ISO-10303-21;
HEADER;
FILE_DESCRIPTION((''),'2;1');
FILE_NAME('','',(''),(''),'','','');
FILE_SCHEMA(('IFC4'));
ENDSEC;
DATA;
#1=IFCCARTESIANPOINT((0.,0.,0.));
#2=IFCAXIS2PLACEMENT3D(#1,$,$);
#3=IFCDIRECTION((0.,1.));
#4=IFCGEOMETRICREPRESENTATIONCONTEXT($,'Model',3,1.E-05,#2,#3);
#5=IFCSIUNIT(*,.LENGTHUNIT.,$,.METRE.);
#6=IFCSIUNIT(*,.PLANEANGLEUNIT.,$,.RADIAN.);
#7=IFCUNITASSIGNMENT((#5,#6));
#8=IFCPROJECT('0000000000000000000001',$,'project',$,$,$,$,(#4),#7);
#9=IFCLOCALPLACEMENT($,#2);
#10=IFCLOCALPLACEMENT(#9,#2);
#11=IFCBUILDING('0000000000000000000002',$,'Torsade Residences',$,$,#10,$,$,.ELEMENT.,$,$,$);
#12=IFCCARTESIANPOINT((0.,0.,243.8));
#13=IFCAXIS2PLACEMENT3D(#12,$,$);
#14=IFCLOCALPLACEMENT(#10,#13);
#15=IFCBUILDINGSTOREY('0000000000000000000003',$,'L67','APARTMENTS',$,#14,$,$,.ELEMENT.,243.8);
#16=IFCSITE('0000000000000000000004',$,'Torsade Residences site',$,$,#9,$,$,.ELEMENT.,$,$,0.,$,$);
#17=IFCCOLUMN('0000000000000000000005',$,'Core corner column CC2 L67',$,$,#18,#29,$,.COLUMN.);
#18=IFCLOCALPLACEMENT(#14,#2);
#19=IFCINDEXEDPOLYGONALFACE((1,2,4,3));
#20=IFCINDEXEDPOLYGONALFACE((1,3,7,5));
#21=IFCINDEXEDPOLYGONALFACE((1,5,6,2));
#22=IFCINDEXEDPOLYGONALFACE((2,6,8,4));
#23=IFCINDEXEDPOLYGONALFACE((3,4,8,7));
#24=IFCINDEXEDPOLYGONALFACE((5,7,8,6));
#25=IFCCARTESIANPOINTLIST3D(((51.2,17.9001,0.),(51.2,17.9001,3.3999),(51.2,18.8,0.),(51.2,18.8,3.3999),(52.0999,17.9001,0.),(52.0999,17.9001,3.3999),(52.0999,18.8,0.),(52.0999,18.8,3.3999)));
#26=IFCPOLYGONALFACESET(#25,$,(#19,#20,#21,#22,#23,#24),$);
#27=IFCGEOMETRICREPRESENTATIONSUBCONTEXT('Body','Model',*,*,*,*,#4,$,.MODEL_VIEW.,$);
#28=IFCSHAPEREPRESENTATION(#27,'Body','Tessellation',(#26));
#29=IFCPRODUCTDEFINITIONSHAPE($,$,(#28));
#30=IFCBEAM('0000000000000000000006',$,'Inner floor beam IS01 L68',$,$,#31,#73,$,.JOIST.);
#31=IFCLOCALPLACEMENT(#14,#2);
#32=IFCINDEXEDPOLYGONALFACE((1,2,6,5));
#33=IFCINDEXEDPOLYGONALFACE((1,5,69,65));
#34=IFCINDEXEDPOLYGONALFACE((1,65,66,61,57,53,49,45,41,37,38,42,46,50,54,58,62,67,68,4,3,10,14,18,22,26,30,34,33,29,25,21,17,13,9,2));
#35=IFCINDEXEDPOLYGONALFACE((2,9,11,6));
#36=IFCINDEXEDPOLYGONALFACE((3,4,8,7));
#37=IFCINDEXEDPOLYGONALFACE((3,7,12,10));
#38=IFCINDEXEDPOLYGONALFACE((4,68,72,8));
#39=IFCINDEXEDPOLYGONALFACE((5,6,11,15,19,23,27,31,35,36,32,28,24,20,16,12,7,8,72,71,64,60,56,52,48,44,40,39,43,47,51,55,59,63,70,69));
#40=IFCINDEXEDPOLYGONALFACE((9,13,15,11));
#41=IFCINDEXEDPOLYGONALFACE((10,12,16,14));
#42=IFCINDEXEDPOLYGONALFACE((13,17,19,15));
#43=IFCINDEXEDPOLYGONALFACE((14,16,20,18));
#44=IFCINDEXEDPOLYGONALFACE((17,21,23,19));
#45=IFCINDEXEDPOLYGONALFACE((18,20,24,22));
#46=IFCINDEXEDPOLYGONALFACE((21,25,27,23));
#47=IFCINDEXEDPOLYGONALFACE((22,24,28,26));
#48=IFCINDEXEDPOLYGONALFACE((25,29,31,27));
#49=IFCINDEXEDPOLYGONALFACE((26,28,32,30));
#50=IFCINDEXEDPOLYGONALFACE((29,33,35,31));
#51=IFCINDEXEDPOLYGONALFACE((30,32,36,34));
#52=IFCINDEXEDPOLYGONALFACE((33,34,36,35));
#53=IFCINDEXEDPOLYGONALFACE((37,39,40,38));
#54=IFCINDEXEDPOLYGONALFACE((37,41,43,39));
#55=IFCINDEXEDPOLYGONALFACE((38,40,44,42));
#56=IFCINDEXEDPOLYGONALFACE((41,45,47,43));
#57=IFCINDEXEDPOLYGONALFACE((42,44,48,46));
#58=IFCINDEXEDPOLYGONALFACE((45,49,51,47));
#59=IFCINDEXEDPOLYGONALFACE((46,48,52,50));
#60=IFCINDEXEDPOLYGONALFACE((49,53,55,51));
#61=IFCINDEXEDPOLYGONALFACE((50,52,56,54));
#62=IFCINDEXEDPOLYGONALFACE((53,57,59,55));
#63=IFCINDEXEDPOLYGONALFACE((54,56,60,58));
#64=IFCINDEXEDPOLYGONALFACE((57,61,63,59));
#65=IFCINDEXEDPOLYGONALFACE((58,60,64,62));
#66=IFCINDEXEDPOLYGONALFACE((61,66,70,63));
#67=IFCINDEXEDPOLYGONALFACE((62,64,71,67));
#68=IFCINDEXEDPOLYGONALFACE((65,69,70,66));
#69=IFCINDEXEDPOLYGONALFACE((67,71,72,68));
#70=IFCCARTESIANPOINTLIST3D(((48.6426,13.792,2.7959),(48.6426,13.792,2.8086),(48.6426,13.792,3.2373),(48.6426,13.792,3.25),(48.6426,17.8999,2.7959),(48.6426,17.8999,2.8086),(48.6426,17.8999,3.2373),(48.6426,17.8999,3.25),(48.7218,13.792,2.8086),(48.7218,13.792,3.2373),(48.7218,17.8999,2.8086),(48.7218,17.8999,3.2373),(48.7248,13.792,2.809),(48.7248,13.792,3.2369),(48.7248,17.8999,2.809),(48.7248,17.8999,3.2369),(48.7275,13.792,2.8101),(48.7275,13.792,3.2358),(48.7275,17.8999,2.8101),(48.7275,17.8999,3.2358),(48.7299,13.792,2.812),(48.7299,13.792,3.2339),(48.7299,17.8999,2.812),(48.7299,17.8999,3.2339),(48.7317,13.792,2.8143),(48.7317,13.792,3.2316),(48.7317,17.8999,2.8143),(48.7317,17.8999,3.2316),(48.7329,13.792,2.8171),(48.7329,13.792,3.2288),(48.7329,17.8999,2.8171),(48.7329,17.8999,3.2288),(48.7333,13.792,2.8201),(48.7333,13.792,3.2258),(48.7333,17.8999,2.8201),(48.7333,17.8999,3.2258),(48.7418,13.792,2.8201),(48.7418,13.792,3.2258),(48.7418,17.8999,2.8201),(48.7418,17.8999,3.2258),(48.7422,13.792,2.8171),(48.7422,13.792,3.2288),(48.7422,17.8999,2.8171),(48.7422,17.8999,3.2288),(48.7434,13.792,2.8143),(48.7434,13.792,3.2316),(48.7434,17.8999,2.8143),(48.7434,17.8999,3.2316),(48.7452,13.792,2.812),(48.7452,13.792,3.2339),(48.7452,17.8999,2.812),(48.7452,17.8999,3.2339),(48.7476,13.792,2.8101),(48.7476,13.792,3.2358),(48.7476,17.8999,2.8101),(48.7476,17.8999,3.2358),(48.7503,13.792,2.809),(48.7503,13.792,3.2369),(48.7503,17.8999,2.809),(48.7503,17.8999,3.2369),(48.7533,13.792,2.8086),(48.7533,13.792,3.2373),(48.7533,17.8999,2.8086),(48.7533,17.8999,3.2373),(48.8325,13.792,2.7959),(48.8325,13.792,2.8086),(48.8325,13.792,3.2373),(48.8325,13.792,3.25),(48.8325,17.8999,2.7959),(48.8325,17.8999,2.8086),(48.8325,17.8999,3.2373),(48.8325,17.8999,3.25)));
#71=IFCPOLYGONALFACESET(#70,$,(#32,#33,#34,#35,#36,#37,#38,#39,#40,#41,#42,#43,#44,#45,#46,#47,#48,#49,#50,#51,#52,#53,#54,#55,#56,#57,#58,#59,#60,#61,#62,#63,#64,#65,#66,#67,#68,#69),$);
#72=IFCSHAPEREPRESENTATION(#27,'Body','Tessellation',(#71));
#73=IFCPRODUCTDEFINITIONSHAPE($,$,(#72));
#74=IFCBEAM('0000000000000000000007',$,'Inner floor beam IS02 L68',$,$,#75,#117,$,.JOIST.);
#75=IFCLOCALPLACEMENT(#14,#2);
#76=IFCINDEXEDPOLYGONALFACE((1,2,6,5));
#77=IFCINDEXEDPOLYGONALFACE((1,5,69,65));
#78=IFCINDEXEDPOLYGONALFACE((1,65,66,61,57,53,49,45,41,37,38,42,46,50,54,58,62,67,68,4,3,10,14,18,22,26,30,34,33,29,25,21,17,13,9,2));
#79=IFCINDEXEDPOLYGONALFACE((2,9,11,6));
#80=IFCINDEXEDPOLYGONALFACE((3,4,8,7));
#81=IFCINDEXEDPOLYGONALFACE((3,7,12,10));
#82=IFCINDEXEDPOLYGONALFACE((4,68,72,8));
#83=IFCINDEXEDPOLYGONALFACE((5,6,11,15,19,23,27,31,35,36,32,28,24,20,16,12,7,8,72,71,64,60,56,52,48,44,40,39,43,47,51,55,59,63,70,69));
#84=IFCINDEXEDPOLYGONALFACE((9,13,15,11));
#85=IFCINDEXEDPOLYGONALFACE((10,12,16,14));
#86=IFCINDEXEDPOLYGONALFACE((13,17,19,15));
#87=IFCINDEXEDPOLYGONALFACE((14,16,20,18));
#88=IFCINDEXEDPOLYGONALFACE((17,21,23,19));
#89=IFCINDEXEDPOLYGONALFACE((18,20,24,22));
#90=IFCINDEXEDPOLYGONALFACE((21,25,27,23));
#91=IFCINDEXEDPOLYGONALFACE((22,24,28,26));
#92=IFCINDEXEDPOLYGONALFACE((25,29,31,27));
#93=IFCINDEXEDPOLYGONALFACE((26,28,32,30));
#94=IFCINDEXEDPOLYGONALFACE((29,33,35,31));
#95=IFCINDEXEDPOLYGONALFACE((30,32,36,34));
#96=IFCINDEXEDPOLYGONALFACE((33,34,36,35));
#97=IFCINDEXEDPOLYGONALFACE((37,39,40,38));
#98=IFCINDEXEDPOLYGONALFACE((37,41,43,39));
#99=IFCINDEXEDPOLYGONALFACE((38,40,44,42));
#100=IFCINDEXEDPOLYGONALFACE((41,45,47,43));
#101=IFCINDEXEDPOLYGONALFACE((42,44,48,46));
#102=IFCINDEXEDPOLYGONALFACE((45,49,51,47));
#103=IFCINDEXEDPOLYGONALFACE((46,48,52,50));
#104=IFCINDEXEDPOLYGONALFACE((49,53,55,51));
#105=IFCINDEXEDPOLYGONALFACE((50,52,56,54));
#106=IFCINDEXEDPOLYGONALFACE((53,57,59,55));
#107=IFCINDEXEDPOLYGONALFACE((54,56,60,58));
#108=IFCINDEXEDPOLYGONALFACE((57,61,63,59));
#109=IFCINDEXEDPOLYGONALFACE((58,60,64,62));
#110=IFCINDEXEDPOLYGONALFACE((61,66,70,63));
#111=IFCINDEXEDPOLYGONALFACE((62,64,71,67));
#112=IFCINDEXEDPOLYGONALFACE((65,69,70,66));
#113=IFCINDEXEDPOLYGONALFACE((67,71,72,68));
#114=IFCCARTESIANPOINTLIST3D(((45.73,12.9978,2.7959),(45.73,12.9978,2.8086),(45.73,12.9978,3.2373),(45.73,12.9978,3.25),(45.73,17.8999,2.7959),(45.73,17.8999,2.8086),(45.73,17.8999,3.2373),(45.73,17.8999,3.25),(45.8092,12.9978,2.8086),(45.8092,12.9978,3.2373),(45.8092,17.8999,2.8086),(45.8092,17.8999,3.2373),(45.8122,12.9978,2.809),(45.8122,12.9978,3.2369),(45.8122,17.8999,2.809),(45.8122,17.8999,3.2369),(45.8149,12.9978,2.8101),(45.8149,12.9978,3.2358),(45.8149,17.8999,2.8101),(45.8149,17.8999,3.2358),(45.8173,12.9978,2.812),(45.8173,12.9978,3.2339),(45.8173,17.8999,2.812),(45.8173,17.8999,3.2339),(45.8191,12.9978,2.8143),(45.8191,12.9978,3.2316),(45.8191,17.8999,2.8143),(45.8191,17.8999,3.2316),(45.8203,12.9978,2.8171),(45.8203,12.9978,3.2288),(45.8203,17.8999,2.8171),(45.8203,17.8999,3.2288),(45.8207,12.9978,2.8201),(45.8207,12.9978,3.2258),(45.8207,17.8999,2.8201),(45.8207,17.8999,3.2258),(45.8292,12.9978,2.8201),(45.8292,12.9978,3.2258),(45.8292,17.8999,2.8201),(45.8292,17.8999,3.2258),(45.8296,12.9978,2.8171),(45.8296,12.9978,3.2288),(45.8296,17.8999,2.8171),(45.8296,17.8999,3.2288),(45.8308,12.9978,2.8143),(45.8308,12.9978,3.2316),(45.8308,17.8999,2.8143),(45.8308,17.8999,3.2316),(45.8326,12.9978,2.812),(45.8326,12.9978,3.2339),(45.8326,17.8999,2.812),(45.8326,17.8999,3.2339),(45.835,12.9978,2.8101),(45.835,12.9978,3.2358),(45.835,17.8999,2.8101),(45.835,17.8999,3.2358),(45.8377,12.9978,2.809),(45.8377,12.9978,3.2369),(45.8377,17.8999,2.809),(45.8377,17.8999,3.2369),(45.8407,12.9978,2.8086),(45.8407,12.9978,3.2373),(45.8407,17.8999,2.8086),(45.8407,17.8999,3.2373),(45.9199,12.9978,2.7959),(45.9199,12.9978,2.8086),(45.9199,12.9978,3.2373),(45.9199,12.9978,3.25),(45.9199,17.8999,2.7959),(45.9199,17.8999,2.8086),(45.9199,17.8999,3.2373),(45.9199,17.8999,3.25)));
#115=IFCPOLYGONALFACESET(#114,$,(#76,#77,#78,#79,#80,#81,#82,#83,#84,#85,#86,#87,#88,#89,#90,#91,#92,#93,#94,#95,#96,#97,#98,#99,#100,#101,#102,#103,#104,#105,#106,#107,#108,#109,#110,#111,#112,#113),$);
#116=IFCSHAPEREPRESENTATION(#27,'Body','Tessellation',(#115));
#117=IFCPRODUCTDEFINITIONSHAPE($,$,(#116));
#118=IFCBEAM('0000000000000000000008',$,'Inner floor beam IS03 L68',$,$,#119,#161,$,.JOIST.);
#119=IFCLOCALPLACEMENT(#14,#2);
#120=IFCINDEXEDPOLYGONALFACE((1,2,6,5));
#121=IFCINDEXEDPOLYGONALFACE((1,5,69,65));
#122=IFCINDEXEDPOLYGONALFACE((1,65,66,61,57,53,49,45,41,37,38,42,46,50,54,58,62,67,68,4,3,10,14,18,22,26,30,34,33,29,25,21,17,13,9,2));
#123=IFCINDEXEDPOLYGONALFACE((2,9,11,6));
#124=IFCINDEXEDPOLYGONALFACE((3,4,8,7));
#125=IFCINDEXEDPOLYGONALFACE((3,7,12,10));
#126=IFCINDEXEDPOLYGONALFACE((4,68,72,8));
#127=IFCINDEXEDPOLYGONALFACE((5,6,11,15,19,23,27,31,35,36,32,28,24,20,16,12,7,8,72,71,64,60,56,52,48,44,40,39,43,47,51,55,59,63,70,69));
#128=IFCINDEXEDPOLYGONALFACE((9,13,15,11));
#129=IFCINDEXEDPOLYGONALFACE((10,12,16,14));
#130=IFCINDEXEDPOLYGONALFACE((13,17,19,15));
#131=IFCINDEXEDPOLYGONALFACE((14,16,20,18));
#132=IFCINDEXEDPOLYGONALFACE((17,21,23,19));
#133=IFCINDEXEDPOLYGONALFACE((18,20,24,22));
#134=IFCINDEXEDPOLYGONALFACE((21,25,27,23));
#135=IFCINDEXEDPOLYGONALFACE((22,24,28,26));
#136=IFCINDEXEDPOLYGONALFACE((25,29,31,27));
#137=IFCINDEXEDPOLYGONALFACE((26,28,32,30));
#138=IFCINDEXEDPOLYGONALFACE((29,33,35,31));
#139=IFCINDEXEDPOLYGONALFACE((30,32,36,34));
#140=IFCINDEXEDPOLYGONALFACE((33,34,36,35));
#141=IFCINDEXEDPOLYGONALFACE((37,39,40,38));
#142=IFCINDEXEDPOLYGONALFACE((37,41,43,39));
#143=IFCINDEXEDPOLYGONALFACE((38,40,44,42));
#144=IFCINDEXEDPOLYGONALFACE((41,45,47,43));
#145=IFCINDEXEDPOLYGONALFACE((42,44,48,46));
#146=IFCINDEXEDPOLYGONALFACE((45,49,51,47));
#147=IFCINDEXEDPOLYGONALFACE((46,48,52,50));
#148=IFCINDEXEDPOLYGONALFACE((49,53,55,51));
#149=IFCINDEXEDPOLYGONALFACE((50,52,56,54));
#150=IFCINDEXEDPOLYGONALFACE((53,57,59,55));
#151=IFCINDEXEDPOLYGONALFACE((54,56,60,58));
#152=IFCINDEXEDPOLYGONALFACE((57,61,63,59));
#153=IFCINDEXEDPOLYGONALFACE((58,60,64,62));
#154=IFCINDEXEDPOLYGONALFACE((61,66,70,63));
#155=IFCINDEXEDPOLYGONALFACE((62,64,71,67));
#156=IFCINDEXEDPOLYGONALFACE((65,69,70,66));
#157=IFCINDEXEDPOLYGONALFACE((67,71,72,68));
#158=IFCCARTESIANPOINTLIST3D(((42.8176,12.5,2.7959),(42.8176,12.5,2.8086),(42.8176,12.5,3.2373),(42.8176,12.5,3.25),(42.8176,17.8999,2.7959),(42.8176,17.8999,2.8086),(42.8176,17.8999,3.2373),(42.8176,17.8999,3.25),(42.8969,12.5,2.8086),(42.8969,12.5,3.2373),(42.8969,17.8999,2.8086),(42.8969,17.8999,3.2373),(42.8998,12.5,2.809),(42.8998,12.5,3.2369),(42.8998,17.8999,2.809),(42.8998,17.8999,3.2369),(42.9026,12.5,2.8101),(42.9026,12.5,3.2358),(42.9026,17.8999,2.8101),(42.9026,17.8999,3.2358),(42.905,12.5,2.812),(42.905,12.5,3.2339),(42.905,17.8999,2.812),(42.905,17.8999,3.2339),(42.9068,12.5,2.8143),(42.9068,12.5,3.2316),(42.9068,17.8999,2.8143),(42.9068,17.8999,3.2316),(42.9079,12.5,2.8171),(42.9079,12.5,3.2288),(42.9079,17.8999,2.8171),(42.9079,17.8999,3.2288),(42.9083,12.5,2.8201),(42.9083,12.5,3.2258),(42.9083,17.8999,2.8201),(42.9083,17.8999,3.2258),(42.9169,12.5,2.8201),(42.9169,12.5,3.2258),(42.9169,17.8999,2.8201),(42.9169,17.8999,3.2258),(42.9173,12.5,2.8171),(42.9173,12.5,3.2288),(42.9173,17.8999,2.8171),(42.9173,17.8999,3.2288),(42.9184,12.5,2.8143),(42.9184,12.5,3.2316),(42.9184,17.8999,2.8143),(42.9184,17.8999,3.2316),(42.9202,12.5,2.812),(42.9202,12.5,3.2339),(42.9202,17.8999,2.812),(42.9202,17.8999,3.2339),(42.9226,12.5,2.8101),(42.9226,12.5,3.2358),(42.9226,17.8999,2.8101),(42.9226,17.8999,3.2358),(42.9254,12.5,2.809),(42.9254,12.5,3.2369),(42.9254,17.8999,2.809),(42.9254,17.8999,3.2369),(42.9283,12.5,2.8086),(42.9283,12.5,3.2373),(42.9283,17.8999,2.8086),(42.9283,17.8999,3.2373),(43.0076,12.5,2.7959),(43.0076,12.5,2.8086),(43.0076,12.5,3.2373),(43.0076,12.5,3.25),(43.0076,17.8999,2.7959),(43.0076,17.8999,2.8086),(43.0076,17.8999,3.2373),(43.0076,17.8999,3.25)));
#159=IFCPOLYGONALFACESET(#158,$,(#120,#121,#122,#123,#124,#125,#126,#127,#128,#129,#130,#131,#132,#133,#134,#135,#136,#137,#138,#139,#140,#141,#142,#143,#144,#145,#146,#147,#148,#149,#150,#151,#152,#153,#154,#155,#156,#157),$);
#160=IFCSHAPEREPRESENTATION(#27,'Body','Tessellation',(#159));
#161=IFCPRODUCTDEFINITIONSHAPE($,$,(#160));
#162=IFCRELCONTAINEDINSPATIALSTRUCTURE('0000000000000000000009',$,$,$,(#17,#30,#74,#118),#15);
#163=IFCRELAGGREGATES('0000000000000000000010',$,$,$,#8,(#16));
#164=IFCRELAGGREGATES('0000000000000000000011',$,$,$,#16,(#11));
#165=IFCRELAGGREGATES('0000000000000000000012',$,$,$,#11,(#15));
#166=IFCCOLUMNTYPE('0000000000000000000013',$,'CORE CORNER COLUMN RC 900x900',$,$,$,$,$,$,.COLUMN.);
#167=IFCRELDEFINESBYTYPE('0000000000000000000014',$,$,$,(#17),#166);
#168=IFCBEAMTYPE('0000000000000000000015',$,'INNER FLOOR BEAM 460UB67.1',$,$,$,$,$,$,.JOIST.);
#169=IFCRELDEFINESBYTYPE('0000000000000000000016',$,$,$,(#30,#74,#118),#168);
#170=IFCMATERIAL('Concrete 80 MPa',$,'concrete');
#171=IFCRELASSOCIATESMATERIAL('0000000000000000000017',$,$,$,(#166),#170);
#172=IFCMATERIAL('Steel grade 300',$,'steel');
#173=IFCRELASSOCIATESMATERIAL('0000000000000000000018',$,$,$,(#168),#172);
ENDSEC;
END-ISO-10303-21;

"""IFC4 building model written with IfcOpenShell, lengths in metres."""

from ifc_helpers import new_model, si_unit, direction, frame, origin, origin_2d, place, context, subcontext, project, spatial, rectangle, i_section, extrude, material, material_profile, profile_set, type_object, element, save


model = new_model("IFC4")

# Units and contexts
model_context = context("Model", 3, precision=1e-05, world=origin(), true_north=direction((0.0, 1.0)))
body_context = subcontext(model_context, "Body", "Model", "MODEL_VIEW")
ifc_project = project(units=[si_unit("LENGTHUNIT", "METRE"), si_unit("PLANEANGLEUNIT", "RADIAN")], contexts=[model_context])

# Site, building, storey
site_placement = place(None, origin())
site = spatial("IfcSite", under=ifc_project, at=site_placement, Name="Torsade Residences site", CompositionType="ELEMENT", RefElevation=0.0)
building_placement = place(site_placement, origin())
building = spatial("IfcBuilding", under=site, at=building_placement, Name="Torsade Residences", CompositionType="ELEMENT")
storey_placement = place(building_placement, frame((0.0, 0.0, 243.8)))
storey = spatial("IfcBuildingStorey", under=building, at=storey_placement, Name="L67", Description="APARTMENTS", CompositionType="ELEMENT", Elevation=243.8)

# Column
ifc_material_1 = material(Name="Concrete 80 MPa", Category="concrete")
ifc_material_profile_1 = material_profile(ifc_material_1, rectangle(XDim=0.8999, YDim=0.8999, at=origin_2d()), Name="RC 900x900")
ifc_profile_set_1 = profile_set([ifc_material_profile_1], Name="Concrete 80 MPa")
column_type = type_object("IfcColumnType", Name="CORE CORNER COLUMN RC 900x900", PredefinedType="COLUMN", material=ifc_profile_set_1)
column_placement = place(storey_placement, frame((51.6499, 18.3501, 0.0), z_axis=(0.0, 0.0, 1.0), x_axis=(1.0, 0.0, 0.0)))
element("IfcColumn", 1, at=column_placement, inside=storey, type_object=column_type, Name="Core corner column CC2 L67", PredefinedType="COLUMN", context=body_context, shape_type="SweptSolid", body=[
    extrude(rectangle(XDim=0.8999, YDim=0.8999, at=origin_2d()), origin(), (0.0, 0.0, 1.0), 3.3999),
])

# Beams
ifc_material_2 = material(Name="Steel grade 300", Category="steel")
ifc_material_profile_2 = material_profile(ifc_material_2, i_section(OverallWidth=0.1899, OverallDepth=0.4541, WebThickness=0.0085, FlangeThickness=0.0127, FilletRadius=0.0115, at=origin_2d()), Name="460UB67.1")
ifc_profile_set_2 = profile_set([ifc_material_profile_2], Name="Steel grade 300")
beam_type_1 = type_object("IfcBeamType", Name="INNER FLOOR BEAM 460UB67.1", PredefinedType="JOIST", material=ifc_profile_set_2)
beam_1_placement = place(storey_placement, frame((48.7375, 17.8999, 3.0229), z_axis=(0.0, -1.0, 0.0), x_axis=(1.0, 0.0, 0.0)))
element("IfcBeam", 2, at=beam_1_placement, inside=storey, type_object=beam_type_1, Name="Inner floor beam IS01 L68", PredefinedType="JOIST", context=body_context, shape_type="SweptSolid", body=[
    extrude(i_section(OverallWidth=0.1899, OverallDepth=0.4541, WebThickness=0.0085, FlangeThickness=0.0127, FilletRadius=0.0115, at=origin_2d()), origin(), (0.0, 0.0, 1.0), 4.1079),
])
beam_2_placement = place(storey_placement, frame((45.825, 17.8999, 3.0229), z_axis=(0.0, -1.0, 0.0), x_axis=(1.0, 0.0, 0.0)))
element("IfcBeam", 3, at=beam_2_placement, inside=storey, type_object=beam_type_1, Name="Inner floor beam IS02 L68", PredefinedType="JOIST", context=body_context, shape_type="SweptSolid", body=[
    extrude(i_section(OverallWidth=0.1899, OverallDepth=0.4541, WebThickness=0.0085, FlangeThickness=0.0127, FilletRadius=0.0115, at=origin_2d()), origin(), (0.0, 0.0, 1.0), 4.9021),
])
for number, where, z_axis, x_axis, name in (
    (4, (42.9126, 17.8999, 3.0229), (0.0, -1.0, 0.0), (1.0, 0.0, 0.0), "Inner floor beam IS03 L68"),
):
    element("IfcBeam", number, at=place(storey_placement, frame(where, z_axis=z_axis, x_axis=x_axis)), inside=storey, type_object=beam_type_1, Name=name, PredefinedType="JOIST", context=body_context, shape_type="SweptSolid", body=[
        extrude(i_section(OverallWidth=0.1899, OverallDepth=0.4541, WebThickness=0.0085, FlangeThickness=0.0127, FilletRadius=0.0115, at=origin_2d()), origin(), (0.0, 0.0, 1.0), 5.3999),
    ])

save(model, "model.ifc")
